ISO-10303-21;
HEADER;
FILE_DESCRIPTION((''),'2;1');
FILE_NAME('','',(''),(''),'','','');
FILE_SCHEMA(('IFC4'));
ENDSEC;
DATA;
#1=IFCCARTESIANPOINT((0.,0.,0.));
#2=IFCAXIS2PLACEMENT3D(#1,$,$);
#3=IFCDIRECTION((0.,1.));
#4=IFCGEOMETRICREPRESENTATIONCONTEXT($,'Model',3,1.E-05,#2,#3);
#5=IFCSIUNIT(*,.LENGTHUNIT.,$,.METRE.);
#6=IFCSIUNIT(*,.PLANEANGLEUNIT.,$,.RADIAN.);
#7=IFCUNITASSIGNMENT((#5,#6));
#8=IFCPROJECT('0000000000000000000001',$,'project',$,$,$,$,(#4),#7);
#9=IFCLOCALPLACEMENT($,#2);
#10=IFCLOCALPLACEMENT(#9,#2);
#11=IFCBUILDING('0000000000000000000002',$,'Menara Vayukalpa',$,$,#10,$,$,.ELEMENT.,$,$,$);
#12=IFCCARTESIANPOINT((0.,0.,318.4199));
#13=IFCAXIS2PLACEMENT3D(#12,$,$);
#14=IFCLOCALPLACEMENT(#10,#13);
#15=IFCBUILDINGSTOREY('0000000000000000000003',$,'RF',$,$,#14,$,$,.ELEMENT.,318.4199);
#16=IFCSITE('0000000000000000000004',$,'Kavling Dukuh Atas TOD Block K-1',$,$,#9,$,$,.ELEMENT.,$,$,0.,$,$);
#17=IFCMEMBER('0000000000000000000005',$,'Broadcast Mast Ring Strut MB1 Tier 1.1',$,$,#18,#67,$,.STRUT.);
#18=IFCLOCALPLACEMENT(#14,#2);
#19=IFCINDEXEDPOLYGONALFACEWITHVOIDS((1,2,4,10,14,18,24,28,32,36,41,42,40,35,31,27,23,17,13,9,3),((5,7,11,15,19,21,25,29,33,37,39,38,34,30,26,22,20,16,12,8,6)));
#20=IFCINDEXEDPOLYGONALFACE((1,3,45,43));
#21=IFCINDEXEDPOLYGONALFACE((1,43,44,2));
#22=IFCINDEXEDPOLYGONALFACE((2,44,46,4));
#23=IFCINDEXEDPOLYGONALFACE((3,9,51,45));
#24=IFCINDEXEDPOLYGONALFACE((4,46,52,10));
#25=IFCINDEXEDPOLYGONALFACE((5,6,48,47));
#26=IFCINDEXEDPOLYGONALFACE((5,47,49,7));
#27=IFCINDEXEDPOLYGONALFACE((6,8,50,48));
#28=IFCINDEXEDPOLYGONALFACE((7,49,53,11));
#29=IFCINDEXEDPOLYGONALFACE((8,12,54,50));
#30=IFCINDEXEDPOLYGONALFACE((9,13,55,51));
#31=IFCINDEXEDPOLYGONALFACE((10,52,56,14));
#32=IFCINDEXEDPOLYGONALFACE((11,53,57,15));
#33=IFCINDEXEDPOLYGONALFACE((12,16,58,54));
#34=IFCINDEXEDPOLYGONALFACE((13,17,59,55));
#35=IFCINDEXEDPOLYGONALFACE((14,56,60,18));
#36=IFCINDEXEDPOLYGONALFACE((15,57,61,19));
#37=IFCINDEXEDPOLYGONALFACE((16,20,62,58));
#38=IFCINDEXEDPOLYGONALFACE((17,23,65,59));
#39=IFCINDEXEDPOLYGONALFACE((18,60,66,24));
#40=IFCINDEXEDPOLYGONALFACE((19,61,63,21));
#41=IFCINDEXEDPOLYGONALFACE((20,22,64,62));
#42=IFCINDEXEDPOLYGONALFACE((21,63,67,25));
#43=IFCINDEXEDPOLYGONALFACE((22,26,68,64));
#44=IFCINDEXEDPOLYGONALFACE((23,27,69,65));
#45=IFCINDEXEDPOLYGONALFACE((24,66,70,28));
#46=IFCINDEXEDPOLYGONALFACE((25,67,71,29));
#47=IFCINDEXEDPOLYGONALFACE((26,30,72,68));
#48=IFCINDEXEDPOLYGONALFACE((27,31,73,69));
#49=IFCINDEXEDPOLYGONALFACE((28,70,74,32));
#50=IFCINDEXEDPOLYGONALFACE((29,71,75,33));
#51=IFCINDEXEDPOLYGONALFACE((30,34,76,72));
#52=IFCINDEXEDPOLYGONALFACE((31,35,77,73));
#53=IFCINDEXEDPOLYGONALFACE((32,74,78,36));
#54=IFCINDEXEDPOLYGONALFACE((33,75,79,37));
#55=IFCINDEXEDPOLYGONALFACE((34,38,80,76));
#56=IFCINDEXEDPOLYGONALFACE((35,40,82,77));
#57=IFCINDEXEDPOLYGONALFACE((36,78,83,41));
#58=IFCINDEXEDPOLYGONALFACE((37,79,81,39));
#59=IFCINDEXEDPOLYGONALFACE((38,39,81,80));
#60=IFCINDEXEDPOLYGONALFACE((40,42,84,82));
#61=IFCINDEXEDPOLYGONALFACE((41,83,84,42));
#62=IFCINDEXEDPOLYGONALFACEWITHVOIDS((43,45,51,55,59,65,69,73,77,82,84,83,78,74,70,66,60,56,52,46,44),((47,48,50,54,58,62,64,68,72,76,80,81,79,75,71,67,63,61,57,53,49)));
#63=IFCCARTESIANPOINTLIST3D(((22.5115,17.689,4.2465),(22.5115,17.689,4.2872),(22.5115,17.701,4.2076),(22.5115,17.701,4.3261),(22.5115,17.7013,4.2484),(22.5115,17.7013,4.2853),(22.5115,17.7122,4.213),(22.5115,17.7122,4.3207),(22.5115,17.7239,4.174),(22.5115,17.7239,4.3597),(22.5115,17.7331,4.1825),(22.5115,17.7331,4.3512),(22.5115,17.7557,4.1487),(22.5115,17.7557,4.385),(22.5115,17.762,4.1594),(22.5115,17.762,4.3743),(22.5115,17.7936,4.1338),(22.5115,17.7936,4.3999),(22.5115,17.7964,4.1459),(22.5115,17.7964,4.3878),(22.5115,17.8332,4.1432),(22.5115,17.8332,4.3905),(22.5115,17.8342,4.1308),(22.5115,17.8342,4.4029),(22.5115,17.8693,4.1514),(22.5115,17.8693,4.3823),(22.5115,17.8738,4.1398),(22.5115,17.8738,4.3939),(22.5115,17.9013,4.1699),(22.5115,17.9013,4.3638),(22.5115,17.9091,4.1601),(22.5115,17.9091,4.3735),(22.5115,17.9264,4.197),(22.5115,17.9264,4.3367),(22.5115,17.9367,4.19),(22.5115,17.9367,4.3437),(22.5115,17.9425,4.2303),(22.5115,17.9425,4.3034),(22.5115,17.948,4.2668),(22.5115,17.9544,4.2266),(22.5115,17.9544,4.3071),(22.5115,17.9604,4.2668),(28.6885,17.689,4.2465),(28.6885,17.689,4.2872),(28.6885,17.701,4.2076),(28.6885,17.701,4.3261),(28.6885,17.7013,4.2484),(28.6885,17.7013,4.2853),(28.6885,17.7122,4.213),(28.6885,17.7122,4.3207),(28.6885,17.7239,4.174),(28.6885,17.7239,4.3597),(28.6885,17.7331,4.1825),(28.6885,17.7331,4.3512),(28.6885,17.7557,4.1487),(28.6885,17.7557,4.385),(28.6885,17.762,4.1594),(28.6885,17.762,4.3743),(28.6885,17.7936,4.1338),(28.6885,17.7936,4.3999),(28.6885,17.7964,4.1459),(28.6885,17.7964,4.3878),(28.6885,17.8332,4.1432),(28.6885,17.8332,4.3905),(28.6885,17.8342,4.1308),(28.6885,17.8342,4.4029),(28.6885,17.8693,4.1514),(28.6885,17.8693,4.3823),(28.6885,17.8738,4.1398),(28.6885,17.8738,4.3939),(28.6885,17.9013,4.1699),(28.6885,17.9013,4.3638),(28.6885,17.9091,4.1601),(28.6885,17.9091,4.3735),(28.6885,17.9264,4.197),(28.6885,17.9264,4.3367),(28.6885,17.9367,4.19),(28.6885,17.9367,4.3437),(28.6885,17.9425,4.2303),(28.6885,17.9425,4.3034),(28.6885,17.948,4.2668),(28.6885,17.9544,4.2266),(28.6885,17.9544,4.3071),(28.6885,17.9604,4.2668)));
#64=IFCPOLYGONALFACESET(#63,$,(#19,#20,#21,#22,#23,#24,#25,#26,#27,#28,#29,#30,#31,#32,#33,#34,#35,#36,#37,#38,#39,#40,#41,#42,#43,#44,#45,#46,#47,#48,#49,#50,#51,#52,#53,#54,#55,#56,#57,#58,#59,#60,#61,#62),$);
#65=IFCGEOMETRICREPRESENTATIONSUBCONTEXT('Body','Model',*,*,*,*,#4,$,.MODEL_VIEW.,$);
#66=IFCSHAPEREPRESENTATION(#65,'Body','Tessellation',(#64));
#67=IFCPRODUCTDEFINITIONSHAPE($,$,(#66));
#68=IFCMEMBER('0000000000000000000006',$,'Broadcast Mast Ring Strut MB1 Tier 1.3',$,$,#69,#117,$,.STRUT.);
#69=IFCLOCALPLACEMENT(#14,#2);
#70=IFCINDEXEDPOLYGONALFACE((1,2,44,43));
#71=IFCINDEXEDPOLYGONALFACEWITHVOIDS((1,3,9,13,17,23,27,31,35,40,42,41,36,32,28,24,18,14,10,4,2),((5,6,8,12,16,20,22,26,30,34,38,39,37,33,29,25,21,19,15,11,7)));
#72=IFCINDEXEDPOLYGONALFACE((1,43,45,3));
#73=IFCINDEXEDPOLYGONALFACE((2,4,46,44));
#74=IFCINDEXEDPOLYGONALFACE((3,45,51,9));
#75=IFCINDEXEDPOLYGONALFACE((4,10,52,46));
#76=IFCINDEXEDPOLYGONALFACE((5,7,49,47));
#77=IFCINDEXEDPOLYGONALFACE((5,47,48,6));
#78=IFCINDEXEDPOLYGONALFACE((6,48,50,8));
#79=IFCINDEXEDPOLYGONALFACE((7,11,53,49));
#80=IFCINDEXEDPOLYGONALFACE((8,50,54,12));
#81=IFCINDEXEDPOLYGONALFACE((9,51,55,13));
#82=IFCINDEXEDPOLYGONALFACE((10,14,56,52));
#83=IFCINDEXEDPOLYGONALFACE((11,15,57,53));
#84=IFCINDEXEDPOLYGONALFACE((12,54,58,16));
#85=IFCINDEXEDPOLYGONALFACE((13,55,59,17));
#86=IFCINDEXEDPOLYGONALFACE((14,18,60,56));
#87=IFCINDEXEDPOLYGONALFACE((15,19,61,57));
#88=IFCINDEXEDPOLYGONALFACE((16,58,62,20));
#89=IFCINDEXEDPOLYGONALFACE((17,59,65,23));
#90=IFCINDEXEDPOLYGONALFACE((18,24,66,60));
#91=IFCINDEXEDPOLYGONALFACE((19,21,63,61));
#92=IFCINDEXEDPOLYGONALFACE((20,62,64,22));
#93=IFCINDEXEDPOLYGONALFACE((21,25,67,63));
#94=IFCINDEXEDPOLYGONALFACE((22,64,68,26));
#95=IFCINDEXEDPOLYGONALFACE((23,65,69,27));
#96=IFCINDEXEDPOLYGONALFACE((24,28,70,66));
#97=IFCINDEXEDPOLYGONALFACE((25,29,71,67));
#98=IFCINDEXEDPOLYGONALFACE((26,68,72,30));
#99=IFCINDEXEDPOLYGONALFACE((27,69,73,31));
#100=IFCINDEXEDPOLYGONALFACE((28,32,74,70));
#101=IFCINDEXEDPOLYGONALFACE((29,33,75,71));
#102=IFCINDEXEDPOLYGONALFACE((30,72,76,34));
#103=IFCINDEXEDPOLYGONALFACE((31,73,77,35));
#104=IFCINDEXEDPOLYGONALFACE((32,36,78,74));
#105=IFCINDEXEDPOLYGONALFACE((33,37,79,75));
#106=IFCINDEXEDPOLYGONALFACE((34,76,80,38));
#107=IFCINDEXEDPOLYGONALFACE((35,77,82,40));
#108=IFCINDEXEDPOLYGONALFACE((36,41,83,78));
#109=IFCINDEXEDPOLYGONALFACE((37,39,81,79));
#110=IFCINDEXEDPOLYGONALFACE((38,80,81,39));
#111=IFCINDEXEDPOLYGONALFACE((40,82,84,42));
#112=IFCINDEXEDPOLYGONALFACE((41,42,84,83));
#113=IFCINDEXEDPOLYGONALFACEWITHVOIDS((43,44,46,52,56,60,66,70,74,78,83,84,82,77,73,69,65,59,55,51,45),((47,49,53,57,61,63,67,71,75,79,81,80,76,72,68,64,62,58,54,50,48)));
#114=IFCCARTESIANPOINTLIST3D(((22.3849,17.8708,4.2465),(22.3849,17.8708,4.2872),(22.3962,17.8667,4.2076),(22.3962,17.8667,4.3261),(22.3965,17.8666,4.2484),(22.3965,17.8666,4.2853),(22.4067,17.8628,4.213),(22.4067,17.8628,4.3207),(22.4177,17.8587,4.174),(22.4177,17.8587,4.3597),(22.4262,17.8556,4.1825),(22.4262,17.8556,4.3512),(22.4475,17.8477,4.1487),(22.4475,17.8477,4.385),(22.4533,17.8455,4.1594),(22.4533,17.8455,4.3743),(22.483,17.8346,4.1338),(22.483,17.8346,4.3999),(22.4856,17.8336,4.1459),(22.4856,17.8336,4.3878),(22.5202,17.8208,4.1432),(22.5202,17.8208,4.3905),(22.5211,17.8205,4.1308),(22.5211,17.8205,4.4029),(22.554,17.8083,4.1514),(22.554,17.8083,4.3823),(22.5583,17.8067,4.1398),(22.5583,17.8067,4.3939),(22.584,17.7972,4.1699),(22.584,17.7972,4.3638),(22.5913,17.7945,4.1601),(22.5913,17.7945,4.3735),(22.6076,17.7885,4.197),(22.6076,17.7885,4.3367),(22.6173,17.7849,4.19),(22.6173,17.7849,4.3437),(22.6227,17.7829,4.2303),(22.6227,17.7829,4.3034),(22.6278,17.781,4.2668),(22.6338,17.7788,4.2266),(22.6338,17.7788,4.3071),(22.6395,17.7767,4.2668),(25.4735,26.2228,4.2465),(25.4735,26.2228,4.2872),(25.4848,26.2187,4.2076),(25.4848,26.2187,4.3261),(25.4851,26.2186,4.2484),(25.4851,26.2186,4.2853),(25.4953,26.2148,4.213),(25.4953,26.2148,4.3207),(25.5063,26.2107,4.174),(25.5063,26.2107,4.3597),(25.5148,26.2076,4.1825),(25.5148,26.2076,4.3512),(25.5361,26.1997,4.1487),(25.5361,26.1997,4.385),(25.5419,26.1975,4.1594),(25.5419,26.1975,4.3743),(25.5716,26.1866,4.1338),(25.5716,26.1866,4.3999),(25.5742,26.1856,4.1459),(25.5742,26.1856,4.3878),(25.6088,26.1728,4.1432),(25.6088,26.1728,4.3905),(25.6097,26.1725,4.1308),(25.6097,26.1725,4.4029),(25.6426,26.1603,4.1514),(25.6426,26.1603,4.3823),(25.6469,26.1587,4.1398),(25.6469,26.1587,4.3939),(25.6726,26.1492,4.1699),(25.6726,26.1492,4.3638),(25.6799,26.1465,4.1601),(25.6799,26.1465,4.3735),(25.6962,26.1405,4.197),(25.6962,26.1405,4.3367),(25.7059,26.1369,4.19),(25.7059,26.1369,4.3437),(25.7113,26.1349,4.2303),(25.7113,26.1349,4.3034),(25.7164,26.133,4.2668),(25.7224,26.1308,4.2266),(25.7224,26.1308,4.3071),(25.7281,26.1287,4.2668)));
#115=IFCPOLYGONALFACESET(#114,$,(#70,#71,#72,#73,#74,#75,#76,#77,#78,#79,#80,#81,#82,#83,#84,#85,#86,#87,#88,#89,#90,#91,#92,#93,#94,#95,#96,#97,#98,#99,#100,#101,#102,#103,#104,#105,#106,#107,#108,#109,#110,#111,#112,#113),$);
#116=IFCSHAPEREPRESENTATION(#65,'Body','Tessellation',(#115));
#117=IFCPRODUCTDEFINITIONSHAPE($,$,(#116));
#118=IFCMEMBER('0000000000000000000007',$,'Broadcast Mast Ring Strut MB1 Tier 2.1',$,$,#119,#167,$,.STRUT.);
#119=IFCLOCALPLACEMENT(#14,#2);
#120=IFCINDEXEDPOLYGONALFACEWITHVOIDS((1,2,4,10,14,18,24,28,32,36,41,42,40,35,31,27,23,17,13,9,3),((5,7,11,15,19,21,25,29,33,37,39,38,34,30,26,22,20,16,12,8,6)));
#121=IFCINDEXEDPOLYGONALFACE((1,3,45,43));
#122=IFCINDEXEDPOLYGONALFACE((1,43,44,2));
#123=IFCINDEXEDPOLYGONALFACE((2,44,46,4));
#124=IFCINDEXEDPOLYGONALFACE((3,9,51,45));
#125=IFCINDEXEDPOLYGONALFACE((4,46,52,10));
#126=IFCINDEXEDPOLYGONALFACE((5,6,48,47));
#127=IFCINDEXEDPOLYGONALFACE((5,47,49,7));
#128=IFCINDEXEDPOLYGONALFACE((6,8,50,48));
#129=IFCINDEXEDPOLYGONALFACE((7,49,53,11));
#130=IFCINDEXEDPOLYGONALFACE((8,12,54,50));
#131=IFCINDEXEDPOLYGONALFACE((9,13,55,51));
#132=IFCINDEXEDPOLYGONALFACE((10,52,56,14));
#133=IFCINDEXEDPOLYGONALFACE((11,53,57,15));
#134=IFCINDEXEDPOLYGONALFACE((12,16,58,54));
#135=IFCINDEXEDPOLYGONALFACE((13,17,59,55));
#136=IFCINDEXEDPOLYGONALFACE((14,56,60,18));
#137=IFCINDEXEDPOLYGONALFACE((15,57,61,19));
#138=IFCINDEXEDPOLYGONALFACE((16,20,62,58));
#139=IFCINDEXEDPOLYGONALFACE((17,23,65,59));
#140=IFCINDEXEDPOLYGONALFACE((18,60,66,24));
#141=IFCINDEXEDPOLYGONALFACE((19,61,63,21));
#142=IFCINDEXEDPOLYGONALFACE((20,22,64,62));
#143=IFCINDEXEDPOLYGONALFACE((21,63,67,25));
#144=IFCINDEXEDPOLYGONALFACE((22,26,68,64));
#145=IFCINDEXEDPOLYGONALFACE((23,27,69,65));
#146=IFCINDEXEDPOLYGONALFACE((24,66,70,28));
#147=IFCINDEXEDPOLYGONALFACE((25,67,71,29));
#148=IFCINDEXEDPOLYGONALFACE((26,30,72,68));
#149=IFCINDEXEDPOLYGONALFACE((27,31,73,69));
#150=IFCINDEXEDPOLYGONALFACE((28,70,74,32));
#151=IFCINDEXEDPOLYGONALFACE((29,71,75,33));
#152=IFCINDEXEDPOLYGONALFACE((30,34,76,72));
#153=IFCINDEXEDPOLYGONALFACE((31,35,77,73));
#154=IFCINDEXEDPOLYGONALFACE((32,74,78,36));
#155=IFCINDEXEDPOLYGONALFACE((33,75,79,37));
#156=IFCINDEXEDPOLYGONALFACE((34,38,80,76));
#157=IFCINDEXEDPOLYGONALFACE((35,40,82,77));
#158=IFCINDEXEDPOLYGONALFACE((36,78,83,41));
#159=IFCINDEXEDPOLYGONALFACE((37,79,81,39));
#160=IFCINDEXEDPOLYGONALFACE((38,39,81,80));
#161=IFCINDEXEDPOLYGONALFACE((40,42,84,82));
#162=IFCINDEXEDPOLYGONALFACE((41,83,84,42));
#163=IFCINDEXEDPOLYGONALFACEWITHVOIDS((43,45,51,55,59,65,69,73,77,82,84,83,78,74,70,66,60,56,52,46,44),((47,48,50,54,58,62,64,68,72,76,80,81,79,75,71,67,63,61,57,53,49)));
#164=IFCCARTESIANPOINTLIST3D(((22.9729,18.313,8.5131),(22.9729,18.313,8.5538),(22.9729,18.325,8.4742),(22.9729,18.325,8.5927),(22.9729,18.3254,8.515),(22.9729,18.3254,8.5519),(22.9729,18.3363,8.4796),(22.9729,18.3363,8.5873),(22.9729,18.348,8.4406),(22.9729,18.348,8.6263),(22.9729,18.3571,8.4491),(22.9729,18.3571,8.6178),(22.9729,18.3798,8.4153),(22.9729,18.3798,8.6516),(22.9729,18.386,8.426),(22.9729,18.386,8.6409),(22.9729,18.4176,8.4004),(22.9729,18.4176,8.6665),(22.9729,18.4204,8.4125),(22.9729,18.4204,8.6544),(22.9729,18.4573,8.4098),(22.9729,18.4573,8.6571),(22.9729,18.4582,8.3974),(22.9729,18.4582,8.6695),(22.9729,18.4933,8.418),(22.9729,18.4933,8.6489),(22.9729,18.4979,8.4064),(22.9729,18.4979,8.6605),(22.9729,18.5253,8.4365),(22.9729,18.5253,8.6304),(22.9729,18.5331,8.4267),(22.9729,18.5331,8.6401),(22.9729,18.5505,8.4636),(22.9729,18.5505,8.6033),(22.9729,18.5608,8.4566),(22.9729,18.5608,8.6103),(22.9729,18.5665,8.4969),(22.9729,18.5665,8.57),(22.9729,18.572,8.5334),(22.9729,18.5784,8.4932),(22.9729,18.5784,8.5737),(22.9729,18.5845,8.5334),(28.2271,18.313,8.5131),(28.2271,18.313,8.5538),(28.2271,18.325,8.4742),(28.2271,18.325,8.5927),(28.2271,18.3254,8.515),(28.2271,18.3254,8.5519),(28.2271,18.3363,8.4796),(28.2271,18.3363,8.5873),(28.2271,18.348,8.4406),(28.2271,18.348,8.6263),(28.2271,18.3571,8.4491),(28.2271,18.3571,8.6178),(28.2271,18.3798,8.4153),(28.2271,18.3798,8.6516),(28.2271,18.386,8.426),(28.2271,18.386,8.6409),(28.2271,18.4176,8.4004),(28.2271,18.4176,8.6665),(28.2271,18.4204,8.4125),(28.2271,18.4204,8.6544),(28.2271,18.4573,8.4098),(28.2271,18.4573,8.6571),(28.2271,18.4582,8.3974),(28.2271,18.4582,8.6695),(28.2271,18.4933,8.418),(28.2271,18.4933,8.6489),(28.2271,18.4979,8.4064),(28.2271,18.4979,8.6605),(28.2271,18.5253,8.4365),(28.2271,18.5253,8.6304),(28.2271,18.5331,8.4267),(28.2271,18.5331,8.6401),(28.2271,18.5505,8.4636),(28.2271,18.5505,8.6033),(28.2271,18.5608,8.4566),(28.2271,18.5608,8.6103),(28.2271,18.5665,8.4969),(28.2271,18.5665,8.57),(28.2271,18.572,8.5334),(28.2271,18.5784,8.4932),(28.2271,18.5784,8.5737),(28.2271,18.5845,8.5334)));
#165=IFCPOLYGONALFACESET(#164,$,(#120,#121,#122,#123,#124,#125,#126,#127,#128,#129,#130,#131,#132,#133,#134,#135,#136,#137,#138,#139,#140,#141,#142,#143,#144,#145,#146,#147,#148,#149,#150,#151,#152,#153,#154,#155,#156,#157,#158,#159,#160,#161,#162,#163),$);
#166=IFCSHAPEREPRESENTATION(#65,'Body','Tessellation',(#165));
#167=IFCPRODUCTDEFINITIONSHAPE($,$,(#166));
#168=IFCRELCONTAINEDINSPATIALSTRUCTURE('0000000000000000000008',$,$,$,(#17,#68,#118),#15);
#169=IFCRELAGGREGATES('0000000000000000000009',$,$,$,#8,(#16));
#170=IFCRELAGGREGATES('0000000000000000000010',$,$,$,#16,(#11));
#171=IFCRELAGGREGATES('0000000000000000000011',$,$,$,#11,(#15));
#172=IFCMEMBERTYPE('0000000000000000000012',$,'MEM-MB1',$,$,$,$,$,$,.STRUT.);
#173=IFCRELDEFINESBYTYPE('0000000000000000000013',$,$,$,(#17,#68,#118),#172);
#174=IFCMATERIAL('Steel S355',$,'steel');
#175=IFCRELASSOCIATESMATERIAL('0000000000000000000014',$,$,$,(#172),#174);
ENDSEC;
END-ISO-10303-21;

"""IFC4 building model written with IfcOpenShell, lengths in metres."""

from ifc_helpers import new_model, si_unit, direction, frame, origin, origin_2d, place, context, subcontext, project, spatial, hollow_circle, extrude, material, material_profile, profile_set, type_object, element, save


model = new_model("IFC4")

# Units and contexts
model_context = context("Model", 3, precision=1e-05, world=origin(), true_north=direction((0.0, 1.0)))
body_context = subcontext(model_context, "Body", "Model", "MODEL_VIEW")
ifc_project = project(units=[si_unit("LENGTHUNIT", "METRE"), si_unit("PLANEANGLEUNIT", "RADIAN")], contexts=[model_context])

# Site, building, storey
site_placement = place(None, origin())
site = spatial("IfcSite", under=ifc_project, at=site_placement, Name="Kavling Dukuh Atas TOD Block K-1", CompositionType="ELEMENT", RefElevation=0.0)
building_placement = place(site_placement, origin())
building = spatial("IfcBuilding", under=site, at=building_placement, Name="Menara Vayukalpa", CompositionType="ELEMENT")
storey_placement = place(building_placement, frame((0.0, 0.0, 318.4199)))
storey = spatial("IfcBuildingStorey", under=building, at=storey_placement, Name="RF", CompositionType="ELEMENT", Elevation=318.4199)

# Members
ifc_material_1 = material(Name="Steel S355", Category="steel")
ifc_material_profile_1 = material_profile(ifc_material_1, hollow_circle(Radius=0.1365, WallThickness=0.0125, at=origin_2d()), Name="CHS 273.0x12.5")
ifc_profile_set_1 = profile_set([ifc_material_profile_1], Name="Steel S355")
member_type_1 = type_object("IfcMemberType", Name="MEM-MB1", PredefinedType="STRUT", material=ifc_profile_set_1)
member_1_placement = place(storey_placement, frame((22.5115, 17.824, 4.2668), z_axis=(1.0, 0.0, 0.0), x_axis=(0.0, 1.0, 0.0)))
element("IfcMember", 1, at=member_1_placement, inside=storey, type_object=member_type_1, Name="Broadcast Mast Ring Strut MB1 Tier 1.1", PredefinedType="STRUT", context=body_context, shape_type="SweptSolid", body=[
    extrude(hollow_circle(Radius=0.1365, WallThickness=0.0125, at=origin_2d()), origin(), (0.0, 0.0, 1.0), 6.177),
])
member_2_placement = place(storey_placement, frame((25.6001, 26.176, 4.2668), z_axis=(-0.346847, -0.937922, 0.0), x_axis=(0.937922, -0.346847, 0.0)))
element("IfcMember", 2, at=member_2_placement, inside=storey, type_object=member_type_1, Name="Broadcast Mast Ring Strut MB1 Tier 1.3", PredefinedType="STRUT", context=body_context, shape_type="SweptSolid", body=[
    extrude(hollow_circle(Radius=0.1365, WallThickness=0.0125, at=origin_2d()), origin(), (0.0, 0.0, 1.0), 8.9048),
])
member_3_placement = place(storey_placement, frame((22.9729, 18.448, 8.5334), z_axis=(1.0, 0.0, 0.0), x_axis=(0.0, 1.0, 0.0)))
element("IfcMember", 3, at=member_3_placement, inside=storey, type_object=member_type_1, Name="Broadcast Mast Ring Strut MB1 Tier 2.1", PredefinedType="STRUT", context=body_context, shape_type="SweptSolid", body=[
    extrude(hollow_circle(Radius=0.1365, WallThickness=0.0125, at=origin_2d()), origin(), (0.0, 0.0, 1.0), 5.2542),
])

save(model, "model.ifc")
